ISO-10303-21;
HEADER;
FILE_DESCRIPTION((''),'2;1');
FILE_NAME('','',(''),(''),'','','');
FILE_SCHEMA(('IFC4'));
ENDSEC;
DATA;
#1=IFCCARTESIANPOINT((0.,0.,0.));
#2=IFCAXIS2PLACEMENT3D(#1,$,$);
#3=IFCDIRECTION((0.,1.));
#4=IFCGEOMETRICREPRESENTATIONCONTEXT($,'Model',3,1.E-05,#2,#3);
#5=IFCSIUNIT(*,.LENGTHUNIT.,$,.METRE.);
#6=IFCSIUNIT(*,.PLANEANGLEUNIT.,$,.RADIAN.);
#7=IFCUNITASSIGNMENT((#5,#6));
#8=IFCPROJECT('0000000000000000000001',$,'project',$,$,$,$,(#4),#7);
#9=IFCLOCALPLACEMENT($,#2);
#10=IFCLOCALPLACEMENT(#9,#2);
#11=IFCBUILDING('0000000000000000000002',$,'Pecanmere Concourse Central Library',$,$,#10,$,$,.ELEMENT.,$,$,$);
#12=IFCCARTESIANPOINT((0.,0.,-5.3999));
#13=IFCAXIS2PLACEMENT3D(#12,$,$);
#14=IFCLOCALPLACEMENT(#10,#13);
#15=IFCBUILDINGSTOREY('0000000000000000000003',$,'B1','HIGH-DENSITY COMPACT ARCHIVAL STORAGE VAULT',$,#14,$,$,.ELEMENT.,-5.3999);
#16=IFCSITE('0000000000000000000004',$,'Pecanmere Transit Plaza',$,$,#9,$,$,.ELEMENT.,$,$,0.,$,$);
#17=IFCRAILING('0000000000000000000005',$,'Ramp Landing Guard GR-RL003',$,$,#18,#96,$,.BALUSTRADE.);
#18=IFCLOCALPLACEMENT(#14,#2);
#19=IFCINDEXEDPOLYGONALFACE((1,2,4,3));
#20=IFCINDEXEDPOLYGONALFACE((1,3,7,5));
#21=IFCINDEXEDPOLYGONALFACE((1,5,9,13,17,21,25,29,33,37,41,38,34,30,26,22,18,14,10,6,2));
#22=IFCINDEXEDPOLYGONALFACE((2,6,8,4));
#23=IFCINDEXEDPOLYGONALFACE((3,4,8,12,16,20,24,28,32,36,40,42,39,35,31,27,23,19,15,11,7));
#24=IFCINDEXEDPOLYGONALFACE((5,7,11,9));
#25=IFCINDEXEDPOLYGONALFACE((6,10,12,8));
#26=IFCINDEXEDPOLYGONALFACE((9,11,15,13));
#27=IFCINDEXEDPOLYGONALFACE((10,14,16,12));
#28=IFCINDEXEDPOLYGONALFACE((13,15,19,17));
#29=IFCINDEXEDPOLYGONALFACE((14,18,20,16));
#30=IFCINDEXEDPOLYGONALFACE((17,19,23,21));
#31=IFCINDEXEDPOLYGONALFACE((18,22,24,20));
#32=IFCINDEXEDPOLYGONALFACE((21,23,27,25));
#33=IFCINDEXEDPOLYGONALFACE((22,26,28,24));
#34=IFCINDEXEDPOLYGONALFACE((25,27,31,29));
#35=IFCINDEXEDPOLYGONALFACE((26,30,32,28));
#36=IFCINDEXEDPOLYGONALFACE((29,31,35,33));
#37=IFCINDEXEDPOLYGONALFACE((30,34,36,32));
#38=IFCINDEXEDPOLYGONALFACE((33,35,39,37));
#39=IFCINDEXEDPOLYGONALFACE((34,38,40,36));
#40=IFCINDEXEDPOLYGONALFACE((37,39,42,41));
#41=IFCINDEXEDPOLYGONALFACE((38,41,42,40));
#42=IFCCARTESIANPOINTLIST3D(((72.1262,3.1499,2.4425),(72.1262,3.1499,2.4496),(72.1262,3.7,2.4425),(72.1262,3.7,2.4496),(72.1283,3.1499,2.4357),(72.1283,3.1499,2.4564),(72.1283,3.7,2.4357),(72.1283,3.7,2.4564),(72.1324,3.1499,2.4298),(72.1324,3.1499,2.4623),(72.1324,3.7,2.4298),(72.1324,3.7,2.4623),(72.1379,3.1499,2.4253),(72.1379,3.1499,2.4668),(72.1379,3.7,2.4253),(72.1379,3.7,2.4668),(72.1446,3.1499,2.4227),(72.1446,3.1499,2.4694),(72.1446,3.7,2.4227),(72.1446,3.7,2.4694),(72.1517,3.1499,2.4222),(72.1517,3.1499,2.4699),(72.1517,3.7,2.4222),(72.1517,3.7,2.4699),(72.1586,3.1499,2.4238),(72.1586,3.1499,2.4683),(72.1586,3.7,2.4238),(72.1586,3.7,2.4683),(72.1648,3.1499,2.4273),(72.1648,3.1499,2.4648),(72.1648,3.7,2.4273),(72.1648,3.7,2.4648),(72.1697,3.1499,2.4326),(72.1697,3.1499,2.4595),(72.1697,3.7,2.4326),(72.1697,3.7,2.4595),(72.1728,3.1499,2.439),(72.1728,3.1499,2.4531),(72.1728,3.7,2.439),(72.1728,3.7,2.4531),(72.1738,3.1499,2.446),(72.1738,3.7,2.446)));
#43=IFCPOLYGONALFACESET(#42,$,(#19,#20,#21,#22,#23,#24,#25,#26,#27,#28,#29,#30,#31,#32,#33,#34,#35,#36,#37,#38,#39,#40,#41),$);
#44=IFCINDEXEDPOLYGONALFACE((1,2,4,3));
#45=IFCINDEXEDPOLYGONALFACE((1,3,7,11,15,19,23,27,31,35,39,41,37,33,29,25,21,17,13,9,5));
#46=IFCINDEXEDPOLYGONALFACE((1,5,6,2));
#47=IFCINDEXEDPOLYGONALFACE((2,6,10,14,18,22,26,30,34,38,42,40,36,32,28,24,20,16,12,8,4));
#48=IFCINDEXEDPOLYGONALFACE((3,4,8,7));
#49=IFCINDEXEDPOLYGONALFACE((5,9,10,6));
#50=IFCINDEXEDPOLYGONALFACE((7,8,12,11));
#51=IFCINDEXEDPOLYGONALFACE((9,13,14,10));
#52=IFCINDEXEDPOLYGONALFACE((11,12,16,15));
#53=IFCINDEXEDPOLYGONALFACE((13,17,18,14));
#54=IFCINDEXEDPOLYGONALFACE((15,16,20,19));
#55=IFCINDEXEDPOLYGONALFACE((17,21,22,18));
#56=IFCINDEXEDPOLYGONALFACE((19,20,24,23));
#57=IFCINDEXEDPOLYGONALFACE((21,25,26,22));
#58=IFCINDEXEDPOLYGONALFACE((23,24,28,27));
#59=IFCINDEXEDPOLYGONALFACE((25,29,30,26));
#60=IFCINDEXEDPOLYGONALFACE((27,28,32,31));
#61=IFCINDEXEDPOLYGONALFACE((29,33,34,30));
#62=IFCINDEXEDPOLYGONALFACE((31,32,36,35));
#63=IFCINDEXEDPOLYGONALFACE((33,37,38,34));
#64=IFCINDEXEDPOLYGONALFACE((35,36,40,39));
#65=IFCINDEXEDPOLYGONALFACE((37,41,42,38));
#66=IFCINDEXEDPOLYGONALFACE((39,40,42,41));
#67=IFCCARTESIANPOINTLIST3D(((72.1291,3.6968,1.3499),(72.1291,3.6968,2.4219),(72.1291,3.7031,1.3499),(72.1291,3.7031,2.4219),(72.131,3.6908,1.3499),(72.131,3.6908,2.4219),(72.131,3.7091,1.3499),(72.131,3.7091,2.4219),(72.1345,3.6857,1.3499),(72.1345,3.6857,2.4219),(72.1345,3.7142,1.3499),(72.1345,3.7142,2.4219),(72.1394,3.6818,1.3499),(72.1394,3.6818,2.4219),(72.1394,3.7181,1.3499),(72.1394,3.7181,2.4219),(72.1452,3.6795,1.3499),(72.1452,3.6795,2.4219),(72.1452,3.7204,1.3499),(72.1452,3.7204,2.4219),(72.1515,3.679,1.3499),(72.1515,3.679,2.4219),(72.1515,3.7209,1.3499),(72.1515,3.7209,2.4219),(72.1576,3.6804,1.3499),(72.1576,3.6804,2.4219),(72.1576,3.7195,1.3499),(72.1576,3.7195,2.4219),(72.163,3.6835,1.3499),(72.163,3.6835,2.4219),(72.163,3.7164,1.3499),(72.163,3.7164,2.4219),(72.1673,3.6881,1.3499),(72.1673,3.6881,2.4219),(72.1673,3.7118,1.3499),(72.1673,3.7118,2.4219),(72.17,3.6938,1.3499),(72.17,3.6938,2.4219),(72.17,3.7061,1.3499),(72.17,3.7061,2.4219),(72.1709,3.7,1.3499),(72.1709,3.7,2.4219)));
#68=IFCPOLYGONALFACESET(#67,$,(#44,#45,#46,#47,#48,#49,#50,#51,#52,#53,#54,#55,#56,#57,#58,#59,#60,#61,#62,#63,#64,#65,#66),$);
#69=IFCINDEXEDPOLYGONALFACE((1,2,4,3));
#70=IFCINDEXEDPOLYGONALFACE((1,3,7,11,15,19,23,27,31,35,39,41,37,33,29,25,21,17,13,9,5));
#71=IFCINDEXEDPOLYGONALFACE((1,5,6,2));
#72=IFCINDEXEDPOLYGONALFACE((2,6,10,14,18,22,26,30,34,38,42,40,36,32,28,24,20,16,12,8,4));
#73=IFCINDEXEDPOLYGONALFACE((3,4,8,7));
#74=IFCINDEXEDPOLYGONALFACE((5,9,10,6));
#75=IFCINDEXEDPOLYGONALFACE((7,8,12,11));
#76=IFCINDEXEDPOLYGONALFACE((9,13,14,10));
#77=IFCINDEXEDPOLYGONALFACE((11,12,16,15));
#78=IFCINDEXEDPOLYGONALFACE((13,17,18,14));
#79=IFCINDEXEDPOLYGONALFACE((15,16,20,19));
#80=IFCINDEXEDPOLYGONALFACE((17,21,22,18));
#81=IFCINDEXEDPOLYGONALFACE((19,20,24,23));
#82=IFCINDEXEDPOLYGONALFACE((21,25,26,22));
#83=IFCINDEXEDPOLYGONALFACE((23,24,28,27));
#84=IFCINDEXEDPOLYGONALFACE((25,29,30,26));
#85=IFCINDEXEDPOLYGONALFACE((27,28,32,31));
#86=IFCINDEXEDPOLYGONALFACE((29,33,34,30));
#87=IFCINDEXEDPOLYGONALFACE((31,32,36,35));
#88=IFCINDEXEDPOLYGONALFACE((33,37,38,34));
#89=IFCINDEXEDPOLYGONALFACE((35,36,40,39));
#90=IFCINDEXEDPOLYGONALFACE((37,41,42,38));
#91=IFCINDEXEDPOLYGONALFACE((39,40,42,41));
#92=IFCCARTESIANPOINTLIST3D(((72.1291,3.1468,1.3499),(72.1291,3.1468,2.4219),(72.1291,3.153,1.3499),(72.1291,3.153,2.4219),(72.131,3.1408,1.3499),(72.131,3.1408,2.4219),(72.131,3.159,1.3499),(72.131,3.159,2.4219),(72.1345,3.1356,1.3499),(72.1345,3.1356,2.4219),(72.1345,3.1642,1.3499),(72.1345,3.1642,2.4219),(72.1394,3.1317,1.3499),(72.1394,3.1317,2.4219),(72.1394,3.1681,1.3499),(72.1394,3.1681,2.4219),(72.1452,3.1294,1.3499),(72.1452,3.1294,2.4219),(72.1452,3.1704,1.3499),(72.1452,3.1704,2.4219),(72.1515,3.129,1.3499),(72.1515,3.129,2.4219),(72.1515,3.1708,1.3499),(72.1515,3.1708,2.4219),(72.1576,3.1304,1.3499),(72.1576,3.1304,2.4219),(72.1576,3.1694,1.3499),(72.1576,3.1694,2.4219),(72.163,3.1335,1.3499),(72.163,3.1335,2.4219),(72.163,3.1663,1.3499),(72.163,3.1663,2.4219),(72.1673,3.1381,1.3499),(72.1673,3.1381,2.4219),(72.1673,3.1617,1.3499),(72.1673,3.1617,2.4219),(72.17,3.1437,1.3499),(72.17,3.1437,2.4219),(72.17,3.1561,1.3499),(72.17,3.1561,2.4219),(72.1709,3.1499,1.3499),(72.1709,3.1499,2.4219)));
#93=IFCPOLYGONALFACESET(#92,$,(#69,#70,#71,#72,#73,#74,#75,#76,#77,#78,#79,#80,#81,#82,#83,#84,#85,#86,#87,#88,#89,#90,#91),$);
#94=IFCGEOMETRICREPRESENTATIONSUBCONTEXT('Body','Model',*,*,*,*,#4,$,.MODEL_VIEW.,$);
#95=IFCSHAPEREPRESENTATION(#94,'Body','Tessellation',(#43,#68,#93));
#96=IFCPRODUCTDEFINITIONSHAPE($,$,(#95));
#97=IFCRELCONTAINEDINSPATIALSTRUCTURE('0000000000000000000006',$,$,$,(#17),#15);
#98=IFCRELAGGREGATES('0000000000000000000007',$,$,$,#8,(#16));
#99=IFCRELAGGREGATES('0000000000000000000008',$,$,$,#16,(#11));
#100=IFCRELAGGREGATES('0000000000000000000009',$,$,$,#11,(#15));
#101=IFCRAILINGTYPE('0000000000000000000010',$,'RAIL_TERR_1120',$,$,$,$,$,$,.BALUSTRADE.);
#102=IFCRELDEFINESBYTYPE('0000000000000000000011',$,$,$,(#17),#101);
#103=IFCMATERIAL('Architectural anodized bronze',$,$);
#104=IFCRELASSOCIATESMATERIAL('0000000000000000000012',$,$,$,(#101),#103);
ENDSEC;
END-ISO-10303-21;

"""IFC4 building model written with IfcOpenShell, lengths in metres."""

from ifc_helpers import new_model, si_unit, direction, frame, origin, origin_2d, place, context, subcontext, project, spatial, circle, extrude, material, type_object, element, save


model = new_model("IFC4")

# Units and contexts
model_context = context("Model", 3, precision=1e-05, world=origin(), true_north=direction((0.0, 1.0)))
body_context = subcontext(model_context, "Body", "Model", "MODEL_VIEW")
ifc_project = project(units=[si_unit("LENGTHUNIT", "METRE"), si_unit("PLANEANGLEUNIT", "RADIAN")], contexts=[model_context])

# Site, building, storey
site_placement = place(None, origin())
site = spatial("IfcSite", under=ifc_project, at=site_placement, Name="Pecanmere Transit Plaza", CompositionType="ELEMENT", RefElevation=0.0)
building_placement = place(site_placement, origin())
building = spatial("IfcBuilding", under=site, at=building_placement, Name="Pecanmere Concourse Central Library", CompositionType="ELEMENT")
storey_placement = place(building_placement, frame((0.0, 0.0, -5.3999)))
storey = spatial("IfcBuildingStorey", under=building, at=storey_placement, Name="B1", Description="HIGH-DENSITY COMPACT ARCHIVAL STORAGE VAULT", CompositionType="ELEMENT", Elevation=-5.3999)

# Railing
ifc_material_1 = material(Name="Architectural anodized bronze")
railing_type_1 = type_object("IfcRailingType", Name="RAIL_TERR_1120", PredefinedType="BALUSTRADE", material=ifc_material_1)
railing_1_placement = place(storey_placement, frame((72.1499, 3.7, 1.3499)))
element("IfcRailing", 1, at=railing_1_placement, inside=storey, type_object=railing_type_1, Name="Ramp Landing Guard GR-RL003", PredefinedType="BALUSTRADE", context=body_context, shape_type="SweptSolid", body=[
    extrude(circle(Radius=0.0239, at=origin_2d()), frame((0.0, 0.0, 1.0962), z_axis=(0.0, -1.0, 0.0), x_axis=(1.0, 0.0, 0.0)), (0.0, 0.0, 1.0), 0.55),
    extrude(circle(Radius=0.021, at=origin_2d()), origin(), (0.0, 0.0, 1.0), 1.072),
    extrude(circle(Radius=0.021, at=origin_2d()), frame((0.0, -0.55, 0.0)), (0.0, 0.0, 1.0), 1.072),
])

save(model, "model.ifc")
